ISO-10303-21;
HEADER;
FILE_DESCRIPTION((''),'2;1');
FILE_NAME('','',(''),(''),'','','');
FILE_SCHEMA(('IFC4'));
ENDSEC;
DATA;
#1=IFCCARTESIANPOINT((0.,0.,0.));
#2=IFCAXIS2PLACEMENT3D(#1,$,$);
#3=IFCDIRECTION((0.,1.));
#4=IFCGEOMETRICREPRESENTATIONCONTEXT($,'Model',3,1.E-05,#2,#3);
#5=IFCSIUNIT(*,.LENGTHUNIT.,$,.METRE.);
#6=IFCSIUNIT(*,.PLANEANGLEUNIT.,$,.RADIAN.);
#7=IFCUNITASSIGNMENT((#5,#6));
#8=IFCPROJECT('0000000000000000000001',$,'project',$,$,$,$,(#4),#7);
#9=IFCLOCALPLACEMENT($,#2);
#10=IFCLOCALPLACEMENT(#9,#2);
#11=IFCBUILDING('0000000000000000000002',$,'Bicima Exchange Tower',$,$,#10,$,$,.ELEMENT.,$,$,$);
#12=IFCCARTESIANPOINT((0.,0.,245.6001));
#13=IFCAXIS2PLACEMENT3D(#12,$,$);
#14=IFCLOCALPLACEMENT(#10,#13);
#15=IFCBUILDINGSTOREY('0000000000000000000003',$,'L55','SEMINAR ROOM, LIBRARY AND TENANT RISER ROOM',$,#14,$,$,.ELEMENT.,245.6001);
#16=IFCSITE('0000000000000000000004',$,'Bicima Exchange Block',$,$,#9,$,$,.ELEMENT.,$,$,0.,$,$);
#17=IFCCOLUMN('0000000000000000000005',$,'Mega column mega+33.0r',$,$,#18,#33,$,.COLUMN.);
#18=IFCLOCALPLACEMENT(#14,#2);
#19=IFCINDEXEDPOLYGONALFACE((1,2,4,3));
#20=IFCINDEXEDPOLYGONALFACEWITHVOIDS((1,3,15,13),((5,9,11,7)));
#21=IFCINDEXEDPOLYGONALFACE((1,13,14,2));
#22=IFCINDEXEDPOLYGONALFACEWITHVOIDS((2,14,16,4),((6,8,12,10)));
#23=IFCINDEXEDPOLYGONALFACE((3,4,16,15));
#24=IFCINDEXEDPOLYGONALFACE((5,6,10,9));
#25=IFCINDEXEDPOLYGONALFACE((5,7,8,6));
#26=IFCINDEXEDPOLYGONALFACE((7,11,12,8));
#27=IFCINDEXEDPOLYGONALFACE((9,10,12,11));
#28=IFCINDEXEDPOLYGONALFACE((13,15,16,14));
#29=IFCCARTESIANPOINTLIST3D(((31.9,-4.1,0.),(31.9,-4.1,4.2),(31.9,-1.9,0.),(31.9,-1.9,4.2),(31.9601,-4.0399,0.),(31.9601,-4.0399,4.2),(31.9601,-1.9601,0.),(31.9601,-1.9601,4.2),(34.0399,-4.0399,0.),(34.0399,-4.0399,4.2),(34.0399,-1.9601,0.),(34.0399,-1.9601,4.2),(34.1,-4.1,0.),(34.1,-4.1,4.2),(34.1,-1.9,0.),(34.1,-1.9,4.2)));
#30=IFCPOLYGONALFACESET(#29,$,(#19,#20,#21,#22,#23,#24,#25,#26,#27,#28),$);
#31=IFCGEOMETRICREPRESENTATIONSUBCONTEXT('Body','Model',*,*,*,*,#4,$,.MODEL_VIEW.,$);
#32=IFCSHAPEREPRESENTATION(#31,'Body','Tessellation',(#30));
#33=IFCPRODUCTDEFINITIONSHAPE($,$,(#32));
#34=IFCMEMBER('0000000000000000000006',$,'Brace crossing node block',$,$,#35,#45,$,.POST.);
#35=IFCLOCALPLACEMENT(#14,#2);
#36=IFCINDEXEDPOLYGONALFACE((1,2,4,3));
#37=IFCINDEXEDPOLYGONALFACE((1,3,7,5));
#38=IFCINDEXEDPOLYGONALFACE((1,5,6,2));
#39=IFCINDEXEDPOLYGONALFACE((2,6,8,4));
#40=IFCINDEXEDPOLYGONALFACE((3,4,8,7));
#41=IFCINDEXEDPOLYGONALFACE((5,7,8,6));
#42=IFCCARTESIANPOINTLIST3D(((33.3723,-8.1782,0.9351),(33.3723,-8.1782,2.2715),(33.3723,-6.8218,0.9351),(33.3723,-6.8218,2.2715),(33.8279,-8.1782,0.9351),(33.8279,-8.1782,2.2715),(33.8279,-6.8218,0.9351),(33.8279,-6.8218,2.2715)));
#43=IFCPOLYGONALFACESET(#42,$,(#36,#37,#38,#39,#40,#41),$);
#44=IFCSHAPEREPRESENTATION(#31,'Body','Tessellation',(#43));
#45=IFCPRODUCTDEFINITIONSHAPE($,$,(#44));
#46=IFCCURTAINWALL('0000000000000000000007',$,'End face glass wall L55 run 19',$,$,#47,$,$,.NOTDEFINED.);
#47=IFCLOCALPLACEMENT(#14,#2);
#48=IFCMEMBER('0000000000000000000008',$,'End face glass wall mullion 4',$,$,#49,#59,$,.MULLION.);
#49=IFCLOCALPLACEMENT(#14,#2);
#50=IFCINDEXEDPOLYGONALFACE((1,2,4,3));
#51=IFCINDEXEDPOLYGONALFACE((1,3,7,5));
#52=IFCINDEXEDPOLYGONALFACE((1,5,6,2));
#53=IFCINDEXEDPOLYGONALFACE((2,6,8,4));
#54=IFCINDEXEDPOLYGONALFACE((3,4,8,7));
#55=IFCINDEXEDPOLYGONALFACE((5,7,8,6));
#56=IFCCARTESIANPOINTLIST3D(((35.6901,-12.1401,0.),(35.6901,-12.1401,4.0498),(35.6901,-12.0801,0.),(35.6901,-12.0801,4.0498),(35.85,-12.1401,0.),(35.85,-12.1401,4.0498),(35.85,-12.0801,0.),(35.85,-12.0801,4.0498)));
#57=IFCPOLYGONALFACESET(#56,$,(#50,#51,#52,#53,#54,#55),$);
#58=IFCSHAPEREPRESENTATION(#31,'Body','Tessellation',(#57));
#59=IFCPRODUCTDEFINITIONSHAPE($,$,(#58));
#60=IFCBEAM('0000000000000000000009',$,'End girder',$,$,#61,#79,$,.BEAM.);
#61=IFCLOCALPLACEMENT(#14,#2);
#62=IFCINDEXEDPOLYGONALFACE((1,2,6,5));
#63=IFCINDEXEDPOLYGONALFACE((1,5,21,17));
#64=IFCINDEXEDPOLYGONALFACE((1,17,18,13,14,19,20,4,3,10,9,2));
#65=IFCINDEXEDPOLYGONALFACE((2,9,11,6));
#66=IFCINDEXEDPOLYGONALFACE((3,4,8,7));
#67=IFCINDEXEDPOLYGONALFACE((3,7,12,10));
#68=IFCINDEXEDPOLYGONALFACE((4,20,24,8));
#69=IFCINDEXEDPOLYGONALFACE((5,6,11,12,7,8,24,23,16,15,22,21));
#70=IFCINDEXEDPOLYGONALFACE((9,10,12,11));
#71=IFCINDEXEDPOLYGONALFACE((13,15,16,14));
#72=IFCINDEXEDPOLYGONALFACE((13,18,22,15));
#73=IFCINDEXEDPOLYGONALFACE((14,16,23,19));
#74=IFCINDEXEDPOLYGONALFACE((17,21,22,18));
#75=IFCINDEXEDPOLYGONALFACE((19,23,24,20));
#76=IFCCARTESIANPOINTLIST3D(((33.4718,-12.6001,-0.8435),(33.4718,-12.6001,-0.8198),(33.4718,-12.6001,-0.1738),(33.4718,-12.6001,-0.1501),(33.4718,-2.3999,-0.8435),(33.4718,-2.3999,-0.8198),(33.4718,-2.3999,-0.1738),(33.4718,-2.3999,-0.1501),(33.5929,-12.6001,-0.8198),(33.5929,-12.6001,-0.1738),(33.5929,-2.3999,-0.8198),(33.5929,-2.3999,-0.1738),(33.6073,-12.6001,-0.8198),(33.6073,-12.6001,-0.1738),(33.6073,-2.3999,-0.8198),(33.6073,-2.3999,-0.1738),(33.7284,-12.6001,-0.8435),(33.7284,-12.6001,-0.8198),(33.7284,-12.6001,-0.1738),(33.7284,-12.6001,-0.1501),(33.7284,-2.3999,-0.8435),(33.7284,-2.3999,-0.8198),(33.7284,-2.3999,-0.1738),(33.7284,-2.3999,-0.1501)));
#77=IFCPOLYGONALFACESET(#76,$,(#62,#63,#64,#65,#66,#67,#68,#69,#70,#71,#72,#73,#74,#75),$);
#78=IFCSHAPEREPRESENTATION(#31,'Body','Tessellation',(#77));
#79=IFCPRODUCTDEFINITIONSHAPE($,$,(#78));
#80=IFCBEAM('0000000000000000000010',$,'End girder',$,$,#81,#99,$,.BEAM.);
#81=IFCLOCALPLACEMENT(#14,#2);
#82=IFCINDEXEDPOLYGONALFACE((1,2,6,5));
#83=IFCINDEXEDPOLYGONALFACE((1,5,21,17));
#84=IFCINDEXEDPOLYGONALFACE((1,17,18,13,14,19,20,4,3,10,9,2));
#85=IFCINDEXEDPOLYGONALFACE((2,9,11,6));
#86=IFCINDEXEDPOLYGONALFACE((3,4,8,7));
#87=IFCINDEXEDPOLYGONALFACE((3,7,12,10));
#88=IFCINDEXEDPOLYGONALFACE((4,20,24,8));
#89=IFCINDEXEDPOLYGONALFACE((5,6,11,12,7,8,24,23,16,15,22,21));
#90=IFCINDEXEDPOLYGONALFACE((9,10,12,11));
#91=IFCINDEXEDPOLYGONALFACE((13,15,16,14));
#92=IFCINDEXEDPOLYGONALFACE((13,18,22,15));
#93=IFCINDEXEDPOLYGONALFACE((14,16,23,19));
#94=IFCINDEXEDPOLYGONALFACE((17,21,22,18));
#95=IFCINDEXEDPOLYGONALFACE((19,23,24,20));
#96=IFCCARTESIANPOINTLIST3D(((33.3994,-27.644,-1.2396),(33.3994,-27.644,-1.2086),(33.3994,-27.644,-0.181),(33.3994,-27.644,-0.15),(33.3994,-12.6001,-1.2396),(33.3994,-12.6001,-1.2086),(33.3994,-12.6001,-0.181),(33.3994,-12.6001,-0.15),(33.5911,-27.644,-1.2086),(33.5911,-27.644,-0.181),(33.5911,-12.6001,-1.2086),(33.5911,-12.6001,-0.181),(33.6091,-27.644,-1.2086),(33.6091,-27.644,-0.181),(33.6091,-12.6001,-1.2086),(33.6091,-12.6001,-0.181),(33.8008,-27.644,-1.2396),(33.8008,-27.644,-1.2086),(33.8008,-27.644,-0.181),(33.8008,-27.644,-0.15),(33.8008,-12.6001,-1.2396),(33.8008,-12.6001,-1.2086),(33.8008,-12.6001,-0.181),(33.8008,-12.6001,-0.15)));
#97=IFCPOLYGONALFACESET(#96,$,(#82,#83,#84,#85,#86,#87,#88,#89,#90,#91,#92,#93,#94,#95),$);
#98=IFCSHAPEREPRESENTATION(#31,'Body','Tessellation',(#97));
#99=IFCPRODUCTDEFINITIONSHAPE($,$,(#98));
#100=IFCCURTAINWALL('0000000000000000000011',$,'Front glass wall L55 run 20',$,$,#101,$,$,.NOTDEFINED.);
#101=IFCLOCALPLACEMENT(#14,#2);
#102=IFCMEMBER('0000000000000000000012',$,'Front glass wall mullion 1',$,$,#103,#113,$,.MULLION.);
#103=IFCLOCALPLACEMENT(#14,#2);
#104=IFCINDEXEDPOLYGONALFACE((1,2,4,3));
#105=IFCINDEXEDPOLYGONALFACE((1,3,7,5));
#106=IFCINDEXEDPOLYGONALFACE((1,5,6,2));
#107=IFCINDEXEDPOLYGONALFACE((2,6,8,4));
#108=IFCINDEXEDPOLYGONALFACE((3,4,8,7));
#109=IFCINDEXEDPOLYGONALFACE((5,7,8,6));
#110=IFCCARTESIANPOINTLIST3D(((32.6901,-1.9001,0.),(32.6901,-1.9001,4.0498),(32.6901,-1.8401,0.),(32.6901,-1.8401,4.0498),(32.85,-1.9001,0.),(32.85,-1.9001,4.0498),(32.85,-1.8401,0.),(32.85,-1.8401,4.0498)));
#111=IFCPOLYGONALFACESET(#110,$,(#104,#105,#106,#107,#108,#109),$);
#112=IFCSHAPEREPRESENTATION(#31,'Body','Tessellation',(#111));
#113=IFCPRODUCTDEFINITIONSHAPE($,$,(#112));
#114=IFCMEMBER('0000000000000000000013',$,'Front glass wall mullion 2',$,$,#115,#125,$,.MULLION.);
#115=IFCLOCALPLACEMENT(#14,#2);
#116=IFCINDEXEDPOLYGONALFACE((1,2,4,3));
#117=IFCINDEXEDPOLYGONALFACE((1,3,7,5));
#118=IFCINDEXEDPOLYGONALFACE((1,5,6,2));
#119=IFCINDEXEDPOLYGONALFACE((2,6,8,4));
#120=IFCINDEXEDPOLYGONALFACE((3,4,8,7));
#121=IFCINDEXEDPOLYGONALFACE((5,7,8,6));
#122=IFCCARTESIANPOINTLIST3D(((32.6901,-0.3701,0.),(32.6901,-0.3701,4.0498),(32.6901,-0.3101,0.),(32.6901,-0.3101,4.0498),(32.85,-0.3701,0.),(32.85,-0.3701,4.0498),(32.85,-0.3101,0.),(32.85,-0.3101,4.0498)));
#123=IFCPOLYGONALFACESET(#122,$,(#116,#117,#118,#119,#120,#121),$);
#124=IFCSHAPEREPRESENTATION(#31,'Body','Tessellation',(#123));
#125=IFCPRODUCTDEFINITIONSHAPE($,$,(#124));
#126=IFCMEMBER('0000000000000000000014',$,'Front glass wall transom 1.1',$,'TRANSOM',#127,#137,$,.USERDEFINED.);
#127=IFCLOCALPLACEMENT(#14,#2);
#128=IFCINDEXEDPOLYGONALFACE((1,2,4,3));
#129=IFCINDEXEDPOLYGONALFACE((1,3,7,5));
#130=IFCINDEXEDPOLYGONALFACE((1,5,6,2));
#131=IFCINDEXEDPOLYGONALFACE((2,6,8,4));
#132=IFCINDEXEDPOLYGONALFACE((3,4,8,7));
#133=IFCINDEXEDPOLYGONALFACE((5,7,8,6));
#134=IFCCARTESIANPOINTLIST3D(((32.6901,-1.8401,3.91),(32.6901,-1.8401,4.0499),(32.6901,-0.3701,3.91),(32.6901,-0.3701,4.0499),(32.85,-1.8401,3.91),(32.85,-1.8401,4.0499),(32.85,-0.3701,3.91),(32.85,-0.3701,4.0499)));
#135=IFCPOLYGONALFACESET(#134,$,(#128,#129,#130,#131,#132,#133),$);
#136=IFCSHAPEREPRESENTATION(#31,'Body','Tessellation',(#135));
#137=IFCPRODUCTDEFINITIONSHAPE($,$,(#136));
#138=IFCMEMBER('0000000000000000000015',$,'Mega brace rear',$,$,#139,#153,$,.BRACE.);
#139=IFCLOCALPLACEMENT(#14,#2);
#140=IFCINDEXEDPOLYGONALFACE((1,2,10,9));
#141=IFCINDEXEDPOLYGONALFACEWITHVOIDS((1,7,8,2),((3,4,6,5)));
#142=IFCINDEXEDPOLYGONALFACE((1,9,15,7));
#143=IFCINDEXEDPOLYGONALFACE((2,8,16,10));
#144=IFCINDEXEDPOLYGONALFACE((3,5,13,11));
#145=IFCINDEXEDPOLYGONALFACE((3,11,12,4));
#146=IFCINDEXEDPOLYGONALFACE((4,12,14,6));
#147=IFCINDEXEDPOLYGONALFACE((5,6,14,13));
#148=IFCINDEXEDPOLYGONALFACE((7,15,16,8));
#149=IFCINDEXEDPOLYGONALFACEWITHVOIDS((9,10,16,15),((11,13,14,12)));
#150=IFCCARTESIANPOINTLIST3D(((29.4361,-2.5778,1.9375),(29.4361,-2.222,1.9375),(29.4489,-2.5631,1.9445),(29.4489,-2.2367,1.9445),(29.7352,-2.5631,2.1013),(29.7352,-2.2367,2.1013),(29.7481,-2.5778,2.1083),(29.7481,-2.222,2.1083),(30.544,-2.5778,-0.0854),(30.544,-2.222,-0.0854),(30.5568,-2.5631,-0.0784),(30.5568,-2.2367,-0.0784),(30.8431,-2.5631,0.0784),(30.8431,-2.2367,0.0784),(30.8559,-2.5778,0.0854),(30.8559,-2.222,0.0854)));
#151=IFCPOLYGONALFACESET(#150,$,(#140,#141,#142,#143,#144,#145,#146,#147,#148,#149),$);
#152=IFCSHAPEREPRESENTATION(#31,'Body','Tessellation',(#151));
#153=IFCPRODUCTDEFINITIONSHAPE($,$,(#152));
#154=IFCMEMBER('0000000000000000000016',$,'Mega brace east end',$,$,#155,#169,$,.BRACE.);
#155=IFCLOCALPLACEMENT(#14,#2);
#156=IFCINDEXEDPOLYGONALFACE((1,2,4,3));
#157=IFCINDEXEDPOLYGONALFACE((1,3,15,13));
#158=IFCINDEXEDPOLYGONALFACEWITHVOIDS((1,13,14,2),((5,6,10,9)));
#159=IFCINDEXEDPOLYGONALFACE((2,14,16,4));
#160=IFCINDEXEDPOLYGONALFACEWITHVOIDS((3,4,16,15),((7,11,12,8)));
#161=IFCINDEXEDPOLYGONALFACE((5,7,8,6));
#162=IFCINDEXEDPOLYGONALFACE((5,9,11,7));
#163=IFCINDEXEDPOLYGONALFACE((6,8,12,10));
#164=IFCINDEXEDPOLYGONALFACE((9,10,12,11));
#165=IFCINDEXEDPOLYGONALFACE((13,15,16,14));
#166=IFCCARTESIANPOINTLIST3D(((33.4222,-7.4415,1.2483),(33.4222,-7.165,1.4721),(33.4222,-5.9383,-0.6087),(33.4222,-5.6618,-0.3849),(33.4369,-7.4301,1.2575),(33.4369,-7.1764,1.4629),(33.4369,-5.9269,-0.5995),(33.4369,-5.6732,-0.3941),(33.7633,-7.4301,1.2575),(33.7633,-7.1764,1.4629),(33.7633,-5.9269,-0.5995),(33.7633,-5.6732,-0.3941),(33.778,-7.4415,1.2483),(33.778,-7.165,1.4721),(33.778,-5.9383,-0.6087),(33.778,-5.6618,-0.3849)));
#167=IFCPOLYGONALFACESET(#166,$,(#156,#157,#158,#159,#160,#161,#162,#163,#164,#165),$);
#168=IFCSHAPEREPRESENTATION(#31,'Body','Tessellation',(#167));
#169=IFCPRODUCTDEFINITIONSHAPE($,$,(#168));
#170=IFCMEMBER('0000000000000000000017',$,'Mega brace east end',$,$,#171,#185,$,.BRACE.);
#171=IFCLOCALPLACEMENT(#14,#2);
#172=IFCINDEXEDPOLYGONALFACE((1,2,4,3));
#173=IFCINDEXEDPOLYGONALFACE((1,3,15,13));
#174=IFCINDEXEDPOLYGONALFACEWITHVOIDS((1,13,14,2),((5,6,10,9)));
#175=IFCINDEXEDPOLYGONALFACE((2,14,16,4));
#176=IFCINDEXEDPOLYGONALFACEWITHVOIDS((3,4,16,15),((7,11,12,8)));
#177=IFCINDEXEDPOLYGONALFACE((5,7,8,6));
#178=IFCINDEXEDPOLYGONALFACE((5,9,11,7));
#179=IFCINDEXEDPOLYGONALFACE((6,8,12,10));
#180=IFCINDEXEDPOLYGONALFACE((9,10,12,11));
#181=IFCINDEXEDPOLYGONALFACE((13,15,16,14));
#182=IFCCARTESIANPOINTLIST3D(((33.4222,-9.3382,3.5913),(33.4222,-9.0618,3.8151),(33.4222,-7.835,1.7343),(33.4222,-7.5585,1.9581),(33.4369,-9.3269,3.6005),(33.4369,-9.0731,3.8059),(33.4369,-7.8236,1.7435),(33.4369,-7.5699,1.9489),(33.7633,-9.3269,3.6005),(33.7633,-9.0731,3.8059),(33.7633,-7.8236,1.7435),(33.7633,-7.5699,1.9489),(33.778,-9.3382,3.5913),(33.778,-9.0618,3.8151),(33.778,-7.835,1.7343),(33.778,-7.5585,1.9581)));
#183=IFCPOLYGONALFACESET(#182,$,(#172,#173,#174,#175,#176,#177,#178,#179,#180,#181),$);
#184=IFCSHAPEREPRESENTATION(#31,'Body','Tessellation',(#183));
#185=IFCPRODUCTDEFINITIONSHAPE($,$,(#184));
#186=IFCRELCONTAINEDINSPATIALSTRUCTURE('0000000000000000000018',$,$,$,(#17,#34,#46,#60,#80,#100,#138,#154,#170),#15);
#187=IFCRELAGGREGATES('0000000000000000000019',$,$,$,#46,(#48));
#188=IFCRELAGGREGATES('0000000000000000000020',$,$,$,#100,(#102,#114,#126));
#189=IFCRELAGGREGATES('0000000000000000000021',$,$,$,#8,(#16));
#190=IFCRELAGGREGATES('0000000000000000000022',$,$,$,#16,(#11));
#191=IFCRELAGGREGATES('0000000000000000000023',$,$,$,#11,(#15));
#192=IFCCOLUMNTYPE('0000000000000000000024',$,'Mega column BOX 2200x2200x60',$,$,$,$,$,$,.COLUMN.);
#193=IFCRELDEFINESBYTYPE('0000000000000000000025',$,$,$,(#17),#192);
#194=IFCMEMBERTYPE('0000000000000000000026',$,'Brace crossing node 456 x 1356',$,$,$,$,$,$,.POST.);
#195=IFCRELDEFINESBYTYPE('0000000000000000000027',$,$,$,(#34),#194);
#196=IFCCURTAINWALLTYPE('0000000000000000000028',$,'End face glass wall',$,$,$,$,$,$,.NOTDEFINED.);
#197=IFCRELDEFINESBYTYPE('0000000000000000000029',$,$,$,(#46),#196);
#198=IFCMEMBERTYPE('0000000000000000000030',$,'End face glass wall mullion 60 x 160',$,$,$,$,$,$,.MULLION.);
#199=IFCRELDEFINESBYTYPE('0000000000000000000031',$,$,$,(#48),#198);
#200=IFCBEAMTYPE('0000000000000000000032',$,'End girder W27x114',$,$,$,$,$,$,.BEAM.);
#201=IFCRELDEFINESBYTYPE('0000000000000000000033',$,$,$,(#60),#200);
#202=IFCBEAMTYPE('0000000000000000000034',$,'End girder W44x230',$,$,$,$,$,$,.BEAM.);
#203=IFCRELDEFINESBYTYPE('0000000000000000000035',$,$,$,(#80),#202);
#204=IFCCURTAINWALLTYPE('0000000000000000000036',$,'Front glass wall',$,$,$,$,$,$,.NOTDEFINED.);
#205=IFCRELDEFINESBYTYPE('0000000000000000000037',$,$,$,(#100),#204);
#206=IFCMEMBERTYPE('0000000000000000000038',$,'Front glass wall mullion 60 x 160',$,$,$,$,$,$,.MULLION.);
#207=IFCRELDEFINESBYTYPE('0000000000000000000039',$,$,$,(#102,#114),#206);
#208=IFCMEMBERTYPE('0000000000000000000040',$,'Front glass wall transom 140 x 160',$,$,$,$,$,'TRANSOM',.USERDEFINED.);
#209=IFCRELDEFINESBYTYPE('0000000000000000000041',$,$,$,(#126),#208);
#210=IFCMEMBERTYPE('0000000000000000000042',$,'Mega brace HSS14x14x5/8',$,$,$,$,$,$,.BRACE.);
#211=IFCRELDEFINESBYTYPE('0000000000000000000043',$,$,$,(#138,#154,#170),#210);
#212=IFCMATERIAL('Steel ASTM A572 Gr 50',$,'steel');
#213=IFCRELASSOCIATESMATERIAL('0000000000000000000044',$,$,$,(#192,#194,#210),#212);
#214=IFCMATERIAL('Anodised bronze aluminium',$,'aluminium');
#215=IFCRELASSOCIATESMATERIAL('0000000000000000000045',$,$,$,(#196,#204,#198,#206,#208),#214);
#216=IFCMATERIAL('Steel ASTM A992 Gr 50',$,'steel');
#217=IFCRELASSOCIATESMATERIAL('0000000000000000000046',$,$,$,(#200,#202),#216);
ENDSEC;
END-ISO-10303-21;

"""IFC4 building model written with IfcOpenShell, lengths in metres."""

from ifc_helpers import new_model, si_unit, direction, frame, origin, origin_2d, place, context, subcontext, project, spatial, rectangle, hollow_rectangle, i_section, extrude, material, material_profile, profile_set, type_object, element, aggregate, save


model = new_model("IFC4")

# Units and contexts
model_context = context("Model", 3, precision=1e-05, world=origin(), true_north=direction((0.0, 1.0)))
body_context = subcontext(model_context, "Body", "Model", "MODEL_VIEW")
ifc_project = project(units=[si_unit("LENGTHUNIT", "METRE"), si_unit("PLANEANGLEUNIT", "RADIAN")], contexts=[model_context])

# Site, building, storey
site_placement = place(None, origin())
site = spatial("IfcSite", under=ifc_project, at=site_placement, Name="Bicima Exchange Block", CompositionType="ELEMENT", RefElevation=0.0)
building_placement = place(site_placement, origin())
building = spatial("IfcBuilding", under=site, at=building_placement, Name="Bicima Exchange Tower", CompositionType="ELEMENT")
storey_placement = place(building_placement, frame((0.0, 0.0, 245.6001)))
storey = spatial("IfcBuildingStorey", under=building, at=storey_placement, Name="L55", Description="SEMINAR ROOM, LIBRARY AND TENANT RISER ROOM", CompositionType="ELEMENT", Elevation=245.6001)

# Column
ifc_material_1 = material(Name="Steel ASTM A572 Gr 50", Category="steel")
ifc_material_profile_1 = material_profile(ifc_material_1, hollow_rectangle(XDim=2.2, YDim=2.2, WallThickness=0.0601, at=origin_2d()))
ifc_profile_set_1 = profile_set([ifc_material_profile_1], Name="Steel ASTM A572 Gr 50")
column_type = type_object("IfcColumnType", Name="Mega column BOX 2200x2200x60", PredefinedType="COLUMN", material=ifc_profile_set_1)
column_placement = place(storey_placement, frame((33.0, -3.0, 0.0), z_axis=(0.0, 0.0, 1.0), x_axis=(1.0, 0.0, 0.0)))
element("IfcColumn", 1, at=column_placement, inside=storey, type_object=column_type, Name="Mega column mega+33.0r", PredefinedType="COLUMN", context=body_context, shape_type="SweptSolid", body=[
    extrude(hollow_rectangle(XDim=2.2, YDim=2.2, WallThickness=0.0601, at=origin_2d()), origin(), (0.0, 0.0, 1.0), 4.2),
])

# Member
ifc_material_profile_2 = material_profile(ifc_material_1, rectangle(XDim=0.4556, YDim=1.3564, at=origin_2d()))
ifc_profile_set_2 = profile_set([ifc_material_profile_2], Name="Steel ASTM A572 Gr 50")
member_type_1 = type_object("IfcMemberType", Name="Brace crossing node 456 x 1356", PredefinedType="POST", material=ifc_profile_set_2)
member_1_placement = place(storey_placement, frame((33.6001, -7.5, 0.9351), z_axis=(0.0, 0.0, 1.0), x_axis=(1.0, 0.0, 0.0)))
element("IfcMember", 2, at=member_1_placement, inside=storey, type_object=member_type_1, Name="Brace crossing node block", PredefinedType="POST", context=body_context, shape_type="SweptSolid", body=[
    extrude(rectangle(XDim=0.4556, YDim=1.3564, at=origin_2d()), origin(), (0.0, 0.0, 1.0), 1.3364),
])

# Curtain wall, member
ifc_material_2 = material(Name="Anodised bronze aluminium", Category="aluminium")
curtain_wall_type_1 = type_object("IfcCurtainWallType", Name="End face glass wall", PredefinedType="NOTDEFINED", material=ifc_material_2)
curtain_wall_1_placement = place(storey_placement, origin())
curtain_wall_1 = element("IfcCurtainWall", 3, at=curtain_wall_1_placement, inside=storey, type_object=curtain_wall_type_1, Name="End face glass wall L55 run 19", PredefinedType="NOTDEFINED")
ifc_material_profile_3 = material_profile(ifc_material_2, rectangle(XDim=0.1599, YDim=0.0601, at=origin_2d()))
ifc_profile_set_3 = profile_set([ifc_material_profile_3], Name="Anodised bronze aluminium")
member_type_2 = type_object("IfcMemberType", Name="End face glass wall mullion 60 x 160", PredefinedType="MULLION", material=ifc_profile_set_3)
member_2_placement = place(storey_placement, frame((35.77, -12.1101, 0.0), z_axis=(0.0, 0.0, 1.0), x_axis=(-1.0, 0.0, 0.0)))
member_2 = element("IfcMember", 4, at=member_2_placement, type_object=member_type_2, Name="End face glass wall mullion 4", PredefinedType="MULLION", context=body_context, shape_type="SweptSolid", body=[
    extrude(rectangle(XDim=0.1599, YDim=0.0601, at=origin_2d()), origin(), (0.0, 0.0, 1.0), 4.0498),
])
aggregate(curtain_wall_1, [member_2])

# Beams
ifc_material_3 = material(Name="Steel ASTM A992 Gr 50", Category="steel")
ifc_material_profile_4 = material_profile(ifc_material_3, i_section(OverallWidth=0.2566, OverallDepth=0.6934, WebThickness=0.0144, FlangeThickness=0.0237, at=origin_2d()))
ifc_profile_set_4 = profile_set([ifc_material_profile_4], Name="Steel ASTM A992 Gr 50")
beam_type_1 = type_object("IfcBeamType", Name="End girder W27x114", PredefinedType="BEAM", material=ifc_profile_set_4)
beam_1_placement = place(storey_placement, frame((33.6001, -2.3999, -0.4968), z_axis=(0.0, -1.0, 0.0), x_axis=(1.0, 0.0, 0.0)))
element("IfcBeam", 5, at=beam_1_placement, inside=storey, type_object=beam_type_1, Name="End girder", PredefinedType="BEAM", context=body_context, shape_type="SweptSolid", body=[
    extrude(i_section(OverallWidth=0.2566, OverallDepth=0.6934, WebThickness=0.0144, FlangeThickness=0.0237, at=origin_2d()), origin(), (0.0, 0.0, 1.0), 10.2002),
])
ifc_material_profile_5 = material_profile(ifc_material_3, i_section(OverallWidth=0.4014, OverallDepth=1.0896, WebThickness=0.0181, FlangeThickness=0.031, at=origin_2d()))
ifc_profile_set_5 = profile_set([ifc_material_profile_5], Name="Steel ASTM A992 Gr 50")
beam_type_2 = type_object("IfcBeamType", Name="End girder W44x230", PredefinedType="BEAM", material=ifc_profile_set_5)
beam_2_placement = place(storey_placement, frame((33.6001, -12.6001, -0.6948), z_axis=(0.0, -1.0, 0.0), x_axis=(1.0, 0.0, 0.0)))
element("IfcBeam", 6, at=beam_2_placement, inside=storey, type_object=beam_type_2, Name="End girder", PredefinedType="BEAM", context=body_context, shape_type="SweptSolid", body=[
    extrude(i_section(OverallWidth=0.4014, OverallDepth=1.0896, WebThickness=0.0181, FlangeThickness=0.031, at=origin_2d()), origin(), (0.0, 0.0, 1.0), 15.0439),
])

# Curtain wall, members
curtain_wall_type_2 = type_object("IfcCurtainWallType", Name="Front glass wall", PredefinedType="NOTDEFINED", material=ifc_material_2)
curtain_wall_2_placement = place(storey_placement, origin())
curtain_wall_2 = element("IfcCurtainWall", 7, at=curtain_wall_2_placement, inside=storey, type_object=curtain_wall_type_2, Name="Front glass wall L55 run 20", PredefinedType="NOTDEFINED")
member_type_3 = type_object("IfcMemberType", Name="Front glass wall mullion 60 x 160", PredefinedType="MULLION", material=ifc_profile_set_3)
member_3_placement = place(storey_placement, frame((32.77, -1.8701, 0.0), z_axis=(0.0, 0.0, 1.0), x_axis=(-1.0, 0.0, 0.0)))
member_3 = element("IfcMember", 8, at=member_3_placement, type_object=member_type_3, Name="Front glass wall mullion 1", PredefinedType="MULLION", context=body_context, shape_type="SweptSolid", body=[
    extrude(rectangle(XDim=0.1599, YDim=0.0601, at=origin_2d()), origin(), (0.0, 0.0, 1.0), 4.0498),
])
member_4_placement = place(storey_placement, frame((32.77, -0.3401, 0.0), z_axis=(0.0, 0.0, 1.0), x_axis=(-1.0, 0.0, 0.0)))
member_4 = element("IfcMember", 9, at=member_4_placement, type_object=member_type_3, Name="Front glass wall mullion 2", PredefinedType="MULLION", context=body_context, shape_type="SweptSolid", body=[
    extrude(rectangle(XDim=0.1599, YDim=0.0601, at=origin_2d()), origin(), (0.0, 0.0, 1.0), 4.0498),
])
ifc_material_profile_6 = material_profile(ifc_material_2, rectangle(XDim=0.1599, YDim=0.1399, at=origin_2d()))
ifc_profile_set_6 = profile_set([ifc_material_profile_6], Name="Anodised bronze aluminium")
member_type_4 = type_object("IfcMemberType", Name="Front glass wall transom 140 x 160", ElementType="TRANSOM", PredefinedType="USERDEFINED", material=ifc_profile_set_6)
member_5_placement = place(storey_placement, frame((32.77, -1.8401, 3.98), z_axis=(0.0, 1.0, 0.0), x_axis=(-1.0, 0.0, 0.0)))
member_5 = element("IfcMember", 10, at=member_5_placement, type_object=member_type_4, Name="Front glass wall transom 1.1", ObjectType="TRANSOM", PredefinedType="USERDEFINED", context=body_context, shape_type="SweptSolid", body=[
    extrude(rectangle(XDim=0.1599, YDim=0.1399, at=origin_2d()), origin(), (0.0, 0.0, 1.0), 1.47),
])

# Members
ifc_material_profile_7 = material_profile(ifc_material_1, hollow_rectangle(XDim=0.3557, YDim=0.3557, WallThickness=0.0146, at=origin_2d()))
ifc_profile_set_7 = profile_set([ifc_material_profile_7], Name="Steel ASTM A572 Gr 50")
member_type_5 = type_object("IfcMemberType", Name="Mega brace HSS14x14x5/8", PredefinedType="BRACE", material=ifc_profile_set_7)
member_6_placement = place(storey_placement, frame((30.7, -2.3999, 0.0), z_axis=(-0.48035, 0.0, 0.877077), x_axis=(0.0, -1.0, 0.0)))
element("IfcMember", 11, at=member_6_placement, inside=storey, type_object=member_type_5, Name="Mega brace rear", PredefinedType="BRACE", context=body_context, shape_type="SweptSolid", body=[
    extrude(hollow_rectangle(XDim=0.3557, YDim=0.3557, WallThickness=0.0146, at=origin_2d()), origin(), (0.0, 0.0, 1.0), 2.3064),
])
for number, where, z_axis, x_axis, name in (
    (12, (33.6001, -5.8, -0.4968), (0.0, -0.629184, 0.777257), (1.0, 0.0, 0.0), "Mega brace east end"),
    (13, (33.6001, -7.6968, 1.8462), (0.0, -0.629184, 0.777257), (1.0, 0.0, 0.0), "Mega brace east end"),
):
    element("IfcMember", number, at=place(storey_placement, frame(where, z_axis=z_axis, x_axis=x_axis)), inside=storey, type_object=member_type_5, Name=name, PredefinedType="BRACE", context=body_context, shape_type="SweptSolid", body=[
        extrude(hollow_rectangle(XDim=0.3557, YDim=0.3557, WallThickness=0.0146, at=origin_2d()), origin(), (0.0, 0.0, 1.0), 2.3892),
    ])

aggregate(curtain_wall_2, [member_3, member_4, member_5])

save(model, "model.ifc")
